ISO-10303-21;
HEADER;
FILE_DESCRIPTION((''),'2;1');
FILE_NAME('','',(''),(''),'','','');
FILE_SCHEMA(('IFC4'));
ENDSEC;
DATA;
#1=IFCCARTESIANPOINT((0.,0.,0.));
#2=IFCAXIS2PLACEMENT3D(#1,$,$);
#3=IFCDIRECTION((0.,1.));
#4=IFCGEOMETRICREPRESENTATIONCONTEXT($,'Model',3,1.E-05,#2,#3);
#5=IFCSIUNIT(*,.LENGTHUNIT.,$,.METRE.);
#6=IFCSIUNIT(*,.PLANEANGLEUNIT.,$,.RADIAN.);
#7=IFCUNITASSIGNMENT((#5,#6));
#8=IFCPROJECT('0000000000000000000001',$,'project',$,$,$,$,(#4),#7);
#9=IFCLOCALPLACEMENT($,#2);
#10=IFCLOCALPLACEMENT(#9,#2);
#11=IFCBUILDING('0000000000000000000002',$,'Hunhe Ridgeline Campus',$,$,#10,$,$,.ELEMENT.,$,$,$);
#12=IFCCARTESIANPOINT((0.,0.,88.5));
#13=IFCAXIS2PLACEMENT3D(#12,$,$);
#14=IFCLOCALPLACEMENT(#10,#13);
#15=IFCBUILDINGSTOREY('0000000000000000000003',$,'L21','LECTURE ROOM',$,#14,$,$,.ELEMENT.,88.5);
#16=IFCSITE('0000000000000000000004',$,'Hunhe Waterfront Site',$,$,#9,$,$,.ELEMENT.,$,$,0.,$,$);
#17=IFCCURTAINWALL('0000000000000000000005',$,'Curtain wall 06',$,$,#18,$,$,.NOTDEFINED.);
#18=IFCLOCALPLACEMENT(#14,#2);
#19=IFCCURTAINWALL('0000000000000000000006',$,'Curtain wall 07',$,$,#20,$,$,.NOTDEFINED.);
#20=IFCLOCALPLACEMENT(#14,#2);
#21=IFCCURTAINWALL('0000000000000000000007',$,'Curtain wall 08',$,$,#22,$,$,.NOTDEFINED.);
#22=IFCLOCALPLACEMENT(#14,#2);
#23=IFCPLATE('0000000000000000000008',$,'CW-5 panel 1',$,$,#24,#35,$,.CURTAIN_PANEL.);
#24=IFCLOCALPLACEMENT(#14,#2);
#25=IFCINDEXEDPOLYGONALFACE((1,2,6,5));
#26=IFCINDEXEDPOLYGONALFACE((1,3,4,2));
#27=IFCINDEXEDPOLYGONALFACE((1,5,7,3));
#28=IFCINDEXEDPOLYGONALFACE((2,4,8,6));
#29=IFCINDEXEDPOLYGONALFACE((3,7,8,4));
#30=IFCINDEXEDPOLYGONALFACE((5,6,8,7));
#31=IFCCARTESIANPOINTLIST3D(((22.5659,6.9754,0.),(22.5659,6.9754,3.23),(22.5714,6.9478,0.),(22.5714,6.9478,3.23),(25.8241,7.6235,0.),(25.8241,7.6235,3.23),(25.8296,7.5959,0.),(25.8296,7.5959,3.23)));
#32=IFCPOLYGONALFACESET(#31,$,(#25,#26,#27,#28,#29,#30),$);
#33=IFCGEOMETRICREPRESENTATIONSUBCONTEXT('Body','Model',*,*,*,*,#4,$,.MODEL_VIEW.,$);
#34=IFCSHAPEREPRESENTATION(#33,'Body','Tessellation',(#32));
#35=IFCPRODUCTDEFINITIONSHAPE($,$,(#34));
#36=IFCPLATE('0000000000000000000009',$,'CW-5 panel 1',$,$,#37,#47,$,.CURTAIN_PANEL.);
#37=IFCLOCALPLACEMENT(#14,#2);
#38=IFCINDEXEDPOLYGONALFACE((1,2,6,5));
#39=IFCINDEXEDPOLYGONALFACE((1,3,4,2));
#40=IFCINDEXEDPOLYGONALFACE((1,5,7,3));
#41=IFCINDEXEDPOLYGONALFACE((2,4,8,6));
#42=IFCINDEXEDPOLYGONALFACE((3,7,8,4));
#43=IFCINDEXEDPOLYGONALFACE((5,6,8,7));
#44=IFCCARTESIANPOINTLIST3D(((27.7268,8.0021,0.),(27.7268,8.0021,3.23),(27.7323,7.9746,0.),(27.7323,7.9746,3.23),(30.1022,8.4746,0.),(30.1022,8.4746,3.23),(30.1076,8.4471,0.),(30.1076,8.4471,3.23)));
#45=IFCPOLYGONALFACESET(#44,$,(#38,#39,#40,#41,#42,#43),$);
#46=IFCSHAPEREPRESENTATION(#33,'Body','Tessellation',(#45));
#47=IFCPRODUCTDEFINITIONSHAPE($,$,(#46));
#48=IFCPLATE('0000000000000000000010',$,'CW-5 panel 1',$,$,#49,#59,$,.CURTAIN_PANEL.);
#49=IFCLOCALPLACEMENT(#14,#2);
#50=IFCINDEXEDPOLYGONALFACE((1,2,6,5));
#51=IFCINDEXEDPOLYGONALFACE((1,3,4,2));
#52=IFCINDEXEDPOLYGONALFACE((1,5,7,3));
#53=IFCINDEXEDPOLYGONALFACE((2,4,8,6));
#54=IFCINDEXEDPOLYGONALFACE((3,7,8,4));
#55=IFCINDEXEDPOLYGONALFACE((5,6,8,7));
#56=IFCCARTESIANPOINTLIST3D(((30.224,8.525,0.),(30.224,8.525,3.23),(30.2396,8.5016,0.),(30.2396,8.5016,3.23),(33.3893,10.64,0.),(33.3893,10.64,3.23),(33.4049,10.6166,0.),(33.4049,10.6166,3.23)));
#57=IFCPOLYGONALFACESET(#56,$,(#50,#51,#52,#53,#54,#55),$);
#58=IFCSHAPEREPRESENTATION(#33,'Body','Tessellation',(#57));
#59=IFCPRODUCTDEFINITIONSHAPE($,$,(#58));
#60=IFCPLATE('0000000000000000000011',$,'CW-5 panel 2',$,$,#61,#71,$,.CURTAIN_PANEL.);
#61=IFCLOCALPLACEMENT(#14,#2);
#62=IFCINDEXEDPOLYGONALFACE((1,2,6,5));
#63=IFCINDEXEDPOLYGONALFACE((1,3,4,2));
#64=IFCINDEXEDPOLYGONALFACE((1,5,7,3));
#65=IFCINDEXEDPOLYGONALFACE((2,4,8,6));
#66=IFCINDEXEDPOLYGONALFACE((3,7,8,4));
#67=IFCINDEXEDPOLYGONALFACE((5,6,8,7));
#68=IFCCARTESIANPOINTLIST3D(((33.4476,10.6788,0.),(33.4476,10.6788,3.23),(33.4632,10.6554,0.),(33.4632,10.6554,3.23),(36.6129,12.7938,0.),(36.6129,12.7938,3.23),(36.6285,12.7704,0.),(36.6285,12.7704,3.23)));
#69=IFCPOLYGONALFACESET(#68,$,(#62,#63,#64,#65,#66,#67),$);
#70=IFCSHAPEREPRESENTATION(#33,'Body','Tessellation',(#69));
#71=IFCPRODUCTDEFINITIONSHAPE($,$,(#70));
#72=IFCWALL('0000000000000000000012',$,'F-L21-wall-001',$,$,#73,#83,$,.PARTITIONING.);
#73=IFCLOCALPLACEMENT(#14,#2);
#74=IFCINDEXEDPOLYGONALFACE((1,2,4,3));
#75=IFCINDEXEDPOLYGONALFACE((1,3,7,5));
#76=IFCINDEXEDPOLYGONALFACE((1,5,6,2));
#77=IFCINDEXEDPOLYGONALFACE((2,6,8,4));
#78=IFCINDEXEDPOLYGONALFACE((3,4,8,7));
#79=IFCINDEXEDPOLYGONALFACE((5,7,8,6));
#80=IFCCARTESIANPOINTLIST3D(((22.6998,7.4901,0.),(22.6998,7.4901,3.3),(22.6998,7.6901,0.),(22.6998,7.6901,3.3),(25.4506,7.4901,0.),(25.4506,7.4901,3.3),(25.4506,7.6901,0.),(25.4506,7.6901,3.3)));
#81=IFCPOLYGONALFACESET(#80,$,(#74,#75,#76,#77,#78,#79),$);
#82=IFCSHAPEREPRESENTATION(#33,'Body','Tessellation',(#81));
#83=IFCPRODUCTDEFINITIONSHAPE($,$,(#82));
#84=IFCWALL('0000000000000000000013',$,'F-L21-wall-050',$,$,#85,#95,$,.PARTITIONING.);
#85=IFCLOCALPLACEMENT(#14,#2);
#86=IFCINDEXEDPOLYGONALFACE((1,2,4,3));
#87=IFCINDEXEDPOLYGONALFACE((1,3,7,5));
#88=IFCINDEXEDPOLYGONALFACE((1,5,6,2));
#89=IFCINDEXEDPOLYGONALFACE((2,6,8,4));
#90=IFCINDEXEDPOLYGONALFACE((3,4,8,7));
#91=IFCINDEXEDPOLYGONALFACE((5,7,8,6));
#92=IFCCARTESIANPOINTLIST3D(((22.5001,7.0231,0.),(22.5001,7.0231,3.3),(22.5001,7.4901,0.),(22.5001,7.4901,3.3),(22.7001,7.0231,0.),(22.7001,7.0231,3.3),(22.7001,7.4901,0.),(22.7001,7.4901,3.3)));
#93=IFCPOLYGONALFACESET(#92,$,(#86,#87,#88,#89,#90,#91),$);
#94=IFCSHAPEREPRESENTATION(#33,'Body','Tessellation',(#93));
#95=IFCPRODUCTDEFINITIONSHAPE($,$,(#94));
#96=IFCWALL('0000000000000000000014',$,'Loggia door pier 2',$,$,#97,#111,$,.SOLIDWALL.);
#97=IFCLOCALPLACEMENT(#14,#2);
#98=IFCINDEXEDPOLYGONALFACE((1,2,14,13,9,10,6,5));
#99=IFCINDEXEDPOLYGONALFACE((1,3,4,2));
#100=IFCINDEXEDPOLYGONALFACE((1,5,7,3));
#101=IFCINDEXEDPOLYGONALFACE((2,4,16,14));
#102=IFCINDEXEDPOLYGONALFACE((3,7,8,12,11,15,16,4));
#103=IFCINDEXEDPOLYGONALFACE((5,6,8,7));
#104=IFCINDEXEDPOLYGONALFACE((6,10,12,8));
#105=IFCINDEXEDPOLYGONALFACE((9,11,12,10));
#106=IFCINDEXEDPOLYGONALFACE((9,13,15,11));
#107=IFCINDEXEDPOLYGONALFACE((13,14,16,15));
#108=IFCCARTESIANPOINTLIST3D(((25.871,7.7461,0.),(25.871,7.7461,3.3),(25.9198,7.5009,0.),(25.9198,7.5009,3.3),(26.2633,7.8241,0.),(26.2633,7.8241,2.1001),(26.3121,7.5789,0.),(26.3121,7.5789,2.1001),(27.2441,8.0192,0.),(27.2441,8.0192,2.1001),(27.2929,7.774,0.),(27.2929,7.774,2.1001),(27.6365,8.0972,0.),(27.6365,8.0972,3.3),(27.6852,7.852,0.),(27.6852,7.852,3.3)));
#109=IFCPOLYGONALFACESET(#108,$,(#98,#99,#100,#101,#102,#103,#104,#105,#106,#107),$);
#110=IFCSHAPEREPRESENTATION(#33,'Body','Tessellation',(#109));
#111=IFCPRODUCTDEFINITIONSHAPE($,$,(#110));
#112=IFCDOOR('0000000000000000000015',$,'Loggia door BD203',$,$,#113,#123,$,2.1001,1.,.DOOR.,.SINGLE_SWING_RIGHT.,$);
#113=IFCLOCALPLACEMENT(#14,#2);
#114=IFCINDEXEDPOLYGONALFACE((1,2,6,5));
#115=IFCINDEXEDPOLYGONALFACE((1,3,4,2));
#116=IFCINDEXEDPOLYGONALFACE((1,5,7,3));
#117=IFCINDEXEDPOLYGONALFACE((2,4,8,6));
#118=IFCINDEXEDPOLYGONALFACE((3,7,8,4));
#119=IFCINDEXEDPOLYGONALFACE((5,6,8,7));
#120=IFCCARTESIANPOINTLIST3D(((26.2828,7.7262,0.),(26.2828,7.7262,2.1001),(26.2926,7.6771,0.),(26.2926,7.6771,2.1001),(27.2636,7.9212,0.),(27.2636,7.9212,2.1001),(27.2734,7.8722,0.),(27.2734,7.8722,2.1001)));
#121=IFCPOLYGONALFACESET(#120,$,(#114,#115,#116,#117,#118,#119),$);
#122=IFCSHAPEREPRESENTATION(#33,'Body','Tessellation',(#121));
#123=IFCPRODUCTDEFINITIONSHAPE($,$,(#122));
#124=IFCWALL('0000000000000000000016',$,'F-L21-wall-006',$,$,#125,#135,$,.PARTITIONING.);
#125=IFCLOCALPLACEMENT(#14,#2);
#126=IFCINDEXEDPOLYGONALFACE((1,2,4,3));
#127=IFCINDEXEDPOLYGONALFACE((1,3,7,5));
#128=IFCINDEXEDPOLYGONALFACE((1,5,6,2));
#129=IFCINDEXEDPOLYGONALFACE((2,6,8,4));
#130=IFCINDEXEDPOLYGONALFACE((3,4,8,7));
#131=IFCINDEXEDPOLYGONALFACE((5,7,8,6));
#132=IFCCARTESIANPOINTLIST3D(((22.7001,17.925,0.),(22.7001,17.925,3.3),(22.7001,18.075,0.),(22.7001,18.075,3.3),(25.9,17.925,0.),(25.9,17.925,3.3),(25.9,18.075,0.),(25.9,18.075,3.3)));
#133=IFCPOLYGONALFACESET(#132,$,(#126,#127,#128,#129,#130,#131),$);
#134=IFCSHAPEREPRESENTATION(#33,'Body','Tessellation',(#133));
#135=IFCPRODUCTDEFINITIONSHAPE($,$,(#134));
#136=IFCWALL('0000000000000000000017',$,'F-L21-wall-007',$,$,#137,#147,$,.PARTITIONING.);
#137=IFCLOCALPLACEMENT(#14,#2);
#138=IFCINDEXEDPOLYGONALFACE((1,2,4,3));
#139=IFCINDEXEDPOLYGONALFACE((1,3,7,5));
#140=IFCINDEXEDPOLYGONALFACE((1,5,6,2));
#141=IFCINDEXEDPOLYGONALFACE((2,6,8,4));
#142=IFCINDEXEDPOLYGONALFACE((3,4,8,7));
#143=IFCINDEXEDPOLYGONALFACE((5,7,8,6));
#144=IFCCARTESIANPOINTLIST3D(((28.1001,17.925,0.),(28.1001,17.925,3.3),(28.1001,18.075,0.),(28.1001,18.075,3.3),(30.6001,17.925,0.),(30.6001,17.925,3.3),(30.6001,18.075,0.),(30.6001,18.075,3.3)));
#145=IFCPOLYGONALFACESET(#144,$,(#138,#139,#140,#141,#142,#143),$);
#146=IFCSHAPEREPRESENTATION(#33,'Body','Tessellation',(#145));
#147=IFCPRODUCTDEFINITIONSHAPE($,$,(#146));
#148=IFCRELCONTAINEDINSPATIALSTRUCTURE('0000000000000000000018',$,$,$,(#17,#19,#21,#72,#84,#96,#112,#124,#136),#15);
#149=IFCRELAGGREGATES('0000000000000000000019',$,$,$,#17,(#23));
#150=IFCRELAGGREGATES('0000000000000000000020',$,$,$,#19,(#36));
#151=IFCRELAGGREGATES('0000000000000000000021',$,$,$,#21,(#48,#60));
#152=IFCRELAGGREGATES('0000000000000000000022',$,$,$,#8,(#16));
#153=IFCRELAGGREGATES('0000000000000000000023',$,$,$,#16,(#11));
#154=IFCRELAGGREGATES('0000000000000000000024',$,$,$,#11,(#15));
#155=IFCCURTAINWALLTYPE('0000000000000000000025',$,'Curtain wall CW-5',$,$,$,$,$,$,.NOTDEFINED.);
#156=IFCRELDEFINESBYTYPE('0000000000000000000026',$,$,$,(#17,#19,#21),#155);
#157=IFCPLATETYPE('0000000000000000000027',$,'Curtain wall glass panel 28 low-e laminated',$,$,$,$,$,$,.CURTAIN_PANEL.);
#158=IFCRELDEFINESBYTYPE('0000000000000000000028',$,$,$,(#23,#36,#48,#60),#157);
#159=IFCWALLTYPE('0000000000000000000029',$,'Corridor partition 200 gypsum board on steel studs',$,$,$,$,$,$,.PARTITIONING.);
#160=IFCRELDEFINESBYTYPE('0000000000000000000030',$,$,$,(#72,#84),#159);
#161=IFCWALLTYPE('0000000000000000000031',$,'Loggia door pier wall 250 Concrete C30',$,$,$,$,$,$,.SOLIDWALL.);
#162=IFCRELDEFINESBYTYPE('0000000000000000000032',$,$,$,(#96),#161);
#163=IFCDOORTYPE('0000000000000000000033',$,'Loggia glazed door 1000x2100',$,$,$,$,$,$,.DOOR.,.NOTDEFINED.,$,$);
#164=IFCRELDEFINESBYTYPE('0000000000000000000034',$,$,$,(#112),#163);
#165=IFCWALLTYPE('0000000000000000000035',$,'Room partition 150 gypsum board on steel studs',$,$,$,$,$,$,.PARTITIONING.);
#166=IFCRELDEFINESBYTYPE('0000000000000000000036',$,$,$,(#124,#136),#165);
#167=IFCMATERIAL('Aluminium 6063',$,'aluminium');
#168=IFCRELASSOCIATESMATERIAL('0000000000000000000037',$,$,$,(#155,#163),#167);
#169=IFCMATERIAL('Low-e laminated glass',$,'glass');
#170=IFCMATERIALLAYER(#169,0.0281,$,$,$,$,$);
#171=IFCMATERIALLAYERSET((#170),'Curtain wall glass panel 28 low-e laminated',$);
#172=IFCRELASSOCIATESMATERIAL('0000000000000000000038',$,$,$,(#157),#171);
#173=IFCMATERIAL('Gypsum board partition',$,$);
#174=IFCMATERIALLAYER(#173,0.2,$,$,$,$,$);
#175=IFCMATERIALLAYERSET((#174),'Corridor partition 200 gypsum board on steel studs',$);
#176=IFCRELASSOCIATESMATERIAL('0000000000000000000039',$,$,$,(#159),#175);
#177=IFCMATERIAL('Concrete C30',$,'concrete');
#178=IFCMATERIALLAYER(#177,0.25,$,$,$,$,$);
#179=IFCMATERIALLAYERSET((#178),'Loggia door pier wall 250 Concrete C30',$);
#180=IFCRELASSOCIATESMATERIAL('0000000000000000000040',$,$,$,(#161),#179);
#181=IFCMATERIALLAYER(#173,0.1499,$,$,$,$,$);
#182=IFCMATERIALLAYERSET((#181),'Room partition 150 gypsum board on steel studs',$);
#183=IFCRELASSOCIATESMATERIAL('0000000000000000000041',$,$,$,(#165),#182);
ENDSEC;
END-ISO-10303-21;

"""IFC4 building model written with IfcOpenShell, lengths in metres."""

from ifc_helpers import new_model, si_unit, direction, frame, frame_2d, origin, origin_2d, place, context, subcontext, project, spatial, rectangle, extrude, material, layer, layer_set, type_object, element, fill, aggregate, save


model = new_model("IFC4")

# Units and contexts
model_context = context("Model", 3, precision=1e-05, world=origin(), true_north=direction((0.0, 1.0)))
body_context = subcontext(model_context, "Body", "Model", "MODEL_VIEW")
ifc_project = project(units=[si_unit("LENGTHUNIT", "METRE"), si_unit("PLANEANGLEUNIT", "RADIAN")], contexts=[model_context])

# Site, building, storey
site_placement = place(None, origin())
site = spatial("IfcSite", under=ifc_project, at=site_placement, Name="Hunhe Waterfront Site", CompositionType="ELEMENT", RefElevation=0.0)
building_placement = place(site_placement, origin())
building = spatial("IfcBuilding", under=site, at=building_placement, Name="Hunhe Ridgeline Campus", CompositionType="ELEMENT")
storey_placement = place(building_placement, frame((0.0, 0.0, 88.5)))
storey = spatial("IfcBuildingStorey", under=building, at=storey_placement, Name="L21", Description="LECTURE ROOM", CompositionType="ELEMENT", Elevation=88.5)

# Curtain walls
ifc_material_1 = material(Name="Aluminium 6063", Category="aluminium")
curtain_wall_type = type_object("IfcCurtainWallType", Name="Curtain wall CW-5", PredefinedType="NOTDEFINED", material=ifc_material_1)
curtain_wall_1_placement = place(storey_placement, origin())
curtain_wall_1 = element("IfcCurtainWall", 1, at=curtain_wall_1_placement, inside=storey, type_object=curtain_wall_type, Name="Curtain wall 06", PredefinedType="NOTDEFINED")
curtain_wall_2_placement = place(storey_placement, origin())
curtain_wall_2 = element("IfcCurtainWall", 2, at=curtain_wall_2_placement, inside=storey, type_object=curtain_wall_type, Name="Curtain wall 07", PredefinedType="NOTDEFINED")
curtain_wall_3_placement = place(storey_placement, origin())
curtain_wall_3 = element("IfcCurtainWall", 3, at=curtain_wall_3_placement, inside=storey, type_object=curtain_wall_type, Name="Curtain wall 08", PredefinedType="NOTDEFINED")

# Plates
ifc_material_2 = material(Name="Low-e laminated glass", Category="glass")
ifc_layer_1 = layer(ifc_material_2, 0.0281)
ifc_layer_set_1 = layer_set([ifc_layer_1], Name="Curtain wall glass panel 28 low-e laminated")
plate_type = type_object("IfcPlateType", Name="Curtain wall glass panel 28 low-e laminated", PredefinedType="CURTAIN_PANEL", material=ifc_layer_set_1)
plate_1_placement = place(storey_placement, frame((24.1978, 7.2856, 0.0), z_axis=(0.0, 0.0, 1.0), x_axis=(0.980785, 0.19509, 0.0)))
plate_1 = element("IfcPlate", 4, at=plate_1_placement, type_object=plate_type, Name="CW-5 panel 1", PredefinedType="CURTAIN_PANEL", context=body_context, shape_type="SweptSolid", body=[
    extrude(rectangle(XDim=3.322, YDim=0.0281, at=origin_2d()), origin(), (0.0, 0.0, 1.0), 3.23),
])
aggregate(curtain_wall_1, [plate_1])
plate_2_placement = place(storey_placement, frame((28.9172, 8.2246, 0.0), z_axis=(0.0, 0.0, 1.0), x_axis=(0.980785, 0.195091, 0.0)))
plate_2 = element("IfcPlate", 5, at=plate_2_placement, type_object=plate_type, Name="CW-5 panel 1", PredefinedType="CURTAIN_PANEL", context=body_context, shape_type="SweptSolid", body=[
    extrude(rectangle(XDim=2.4219, YDim=0.0281, at=origin_2d()), origin(), (0.0, 0.0, 1.0), 3.23),
])
aggregate(curtain_wall_2, [plate_2])
plate_3_placement = place(storey_placement, frame((31.8145, 9.5708, 0.0), z_axis=(0.0, 0.0, 1.0), x_axis=(0.83147, 0.55557, 0.0)))
plate_3 = element("IfcPlate", 6, at=plate_3_placement, type_object=plate_type, Name="CW-5 panel 1", PredefinedType="CURTAIN_PANEL", context=body_context, shape_type="SweptSolid", body=[
    extrude(rectangle(XDim=3.8069, YDim=0.0281, at=origin_2d()), origin(), (0.0, 0.0, 1.0), 3.23),
])
plate_4_placement = place(storey_placement, frame((35.0381, 11.7246, 0.0), z_axis=(0.0, 0.0, 1.0), x_axis=(0.83147, 0.55557, 0.0)))
plate_4 = element("IfcPlate", 7, at=plate_4_placement, type_object=plate_type, Name="CW-5 panel 2", PredefinedType="CURTAIN_PANEL", context=body_context, shape_type="SweptSolid", body=[
    extrude(rectangle(XDim=3.8069, YDim=0.0281, at=origin_2d()), origin(), (0.0, 0.0, 1.0), 3.23),
])
aggregate(curtain_wall_3, [plate_3, plate_4])

# Wall
ifc_material_3 = material(Name="Gypsum board partition")
ifc_layer_2 = layer(ifc_material_3, 0.2)
ifc_layer_set_2 = layer_set([ifc_layer_2], Name="Corridor partition 200 gypsum board on steel studs")
wall_type_1 = type_object("IfcWallType", Name="Corridor partition 200 gypsum board on steel studs", PredefinedType="PARTITIONING", material=ifc_layer_set_2)
wall_1_placement = place(storey_placement, frame((25.4507, 7.5901, 0.0), z_axis=(0.0, 0.0, 1.0), x_axis=(-1.0, 0.0, 0.0)))
element("IfcWall", 8, at=wall_1_placement, inside=storey, type_object=wall_type_1, Name="F-L21-wall-001", PredefinedType="PARTITIONING", context=body_context, shape_type="SweptSolid", body=[
    extrude(rectangle(XDim=2.7507, YDim=0.2, at=frame_2d((1.3755, 0.0))), origin(), (0.0, 0.0, 1.0), 3.3),
])

# Wall
wall_2_placement = place(storey_placement, frame((22.6001, 7.49, 0.0), z_axis=(0.0, 0.0, 1.0), x_axis=(0.0, -1.0, 0.0)))
element("IfcWall", 9, at=wall_2_placement, inside=storey, type_object=wall_type_1, Name="F-L21-wall-050", PredefinedType="PARTITIONING", context=body_context, shape_type="SweptSolid", body=[
    extrude(rectangle(XDim=0.467, YDim=0.2, at=frame_2d((0.2334, 0.0))), origin(), (0.0, 0.0, 1.0), 3.3),
])

# Wall, opening, door
ifc_material_4 = material(Name="Concrete C30", Category="concrete")
ifc_layer_3 = layer(ifc_material_4, 0.25)
ifc_layer_set_3 = layer_set([ifc_layer_3], Name="Loggia door pier wall 250 Concrete C30")
wall_type_2 = type_object("IfcWallType", Name="Loggia door pier wall 250 Concrete C30", PredefinedType="SOLIDWALL", material=ifc_layer_set_3)
wall_3_placement = place(storey_placement, frame((25.8955, 7.6235, 0.0), z_axis=(0.0, 0.0, 1.0), x_axis=(0.980794, 0.195047, 0.0)))
wall_3 = element("IfcWall", 10, at=wall_3_placement, inside=storey, type_object=wall_type_2, Name="Loggia door pier 2", PredefinedType="SOLIDWALL", context=body_context, shape_type="SweptSolid", body=[
    extrude(rectangle(XDim=1.8, YDim=0.25, at=frame_2d((0.8999, 0.0))), origin(), (0.0, 0.0, 1.0), 3.3),
])
opening_1_placement = place(wall_3_placement, frame((0.3999, 0.0, 0.0)))
opening_1 = element("IfcOpeningElement", 11, at=opening_1_placement, cuts=wall_3, PredefinedType="OPENING", context=body_context, shape_type="SweptSolid", body=[
    extrude(rectangle(XDim=1.0, YDim=2.1001, at=frame_2d((0.5, 1.05))), frame((0.0, 0.125, 0.0), z_axis=(0.0, -1.0, 0.0), x_axis=(1.0, 0.0, 0.0)), (0.0, 0.0, 1.0), 0.25),
])
door_type_1 = type_object("IfcDoorType", Name="Loggia glazed door 1000x2100", OperationType="NOTDEFINED", PredefinedType="DOOR", material=ifc_material_1)
door_1_placement = place(opening_1_placement, frame((1.0, 0.0, 0.0), z_axis=(0.0, 0.0, 1.0), x_axis=(-1.0, 0.0, 0.0)))
door_1 = element("IfcDoor", 12, at=door_1_placement, inside=storey, type_object=door_type_1, Name="Loggia door BD203", OperationType="SINGLE_SWING_RIGHT", OverallHeight=2.1001, OverallWidth=1.0, PredefinedType="DOOR", context=body_context, shape_type="SweptSolid", body=[
    extrude(rectangle(XDim=1.0, YDim=2.1001, at=frame_2d((0.5, 1.05))), frame((0.0, 0.0249, 0.0), z_axis=(0.0, -1.0, 0.0), x_axis=(1.0, 0.0, 0.0)), (0.0, 0.0, 1.0), 0.05),
])
fill(opening_1, door_1)

# Walls
ifc_layer_4 = layer(ifc_material_3, 0.1499)
ifc_layer_set_4 = layer_set([ifc_layer_4], Name="Room partition 150 gypsum board on steel studs")
wall_type_3 = type_object("IfcWallType", Name="Room partition 150 gypsum board on steel studs", PredefinedType="PARTITIONING", material=ifc_layer_set_4)
wall_4_placement = place(storey_placement, frame((22.7, 18.0, 0.0), z_axis=(0.0, 0.0, 1.0), x_axis=(1.0, 0.0, 0.0)))
element("IfcWall", 13, at=wall_4_placement, inside=storey, type_object=wall_type_3, Name="F-L21-wall-006", PredefinedType="PARTITIONING", context=body_context, shape_type="SweptSolid", body=[
    extrude(rectangle(XDim=3.2, YDim=0.1499, at=frame_2d((1.6001, 0.0))), origin(), (0.0, 0.0, 1.0), 3.3),
])
wall_5_placement = place(storey_placement, frame((28.1001, 18.0, 0.0), z_axis=(0.0, 0.0, 1.0), x_axis=(1.0, 0.0, 0.0)))
element("IfcWall", 14, at=wall_5_placement, inside=storey, type_object=wall_type_3, Name="F-L21-wall-007", PredefinedType="PARTITIONING", context=body_context, shape_type="SweptSolid", body=[
    extrude(rectangle(XDim=2.5, YDim=0.1499, at=frame_2d((1.25, 0.0))), origin(), (0.0, 0.0, 1.0), 3.3),
])

save(model, "model.ifc")
